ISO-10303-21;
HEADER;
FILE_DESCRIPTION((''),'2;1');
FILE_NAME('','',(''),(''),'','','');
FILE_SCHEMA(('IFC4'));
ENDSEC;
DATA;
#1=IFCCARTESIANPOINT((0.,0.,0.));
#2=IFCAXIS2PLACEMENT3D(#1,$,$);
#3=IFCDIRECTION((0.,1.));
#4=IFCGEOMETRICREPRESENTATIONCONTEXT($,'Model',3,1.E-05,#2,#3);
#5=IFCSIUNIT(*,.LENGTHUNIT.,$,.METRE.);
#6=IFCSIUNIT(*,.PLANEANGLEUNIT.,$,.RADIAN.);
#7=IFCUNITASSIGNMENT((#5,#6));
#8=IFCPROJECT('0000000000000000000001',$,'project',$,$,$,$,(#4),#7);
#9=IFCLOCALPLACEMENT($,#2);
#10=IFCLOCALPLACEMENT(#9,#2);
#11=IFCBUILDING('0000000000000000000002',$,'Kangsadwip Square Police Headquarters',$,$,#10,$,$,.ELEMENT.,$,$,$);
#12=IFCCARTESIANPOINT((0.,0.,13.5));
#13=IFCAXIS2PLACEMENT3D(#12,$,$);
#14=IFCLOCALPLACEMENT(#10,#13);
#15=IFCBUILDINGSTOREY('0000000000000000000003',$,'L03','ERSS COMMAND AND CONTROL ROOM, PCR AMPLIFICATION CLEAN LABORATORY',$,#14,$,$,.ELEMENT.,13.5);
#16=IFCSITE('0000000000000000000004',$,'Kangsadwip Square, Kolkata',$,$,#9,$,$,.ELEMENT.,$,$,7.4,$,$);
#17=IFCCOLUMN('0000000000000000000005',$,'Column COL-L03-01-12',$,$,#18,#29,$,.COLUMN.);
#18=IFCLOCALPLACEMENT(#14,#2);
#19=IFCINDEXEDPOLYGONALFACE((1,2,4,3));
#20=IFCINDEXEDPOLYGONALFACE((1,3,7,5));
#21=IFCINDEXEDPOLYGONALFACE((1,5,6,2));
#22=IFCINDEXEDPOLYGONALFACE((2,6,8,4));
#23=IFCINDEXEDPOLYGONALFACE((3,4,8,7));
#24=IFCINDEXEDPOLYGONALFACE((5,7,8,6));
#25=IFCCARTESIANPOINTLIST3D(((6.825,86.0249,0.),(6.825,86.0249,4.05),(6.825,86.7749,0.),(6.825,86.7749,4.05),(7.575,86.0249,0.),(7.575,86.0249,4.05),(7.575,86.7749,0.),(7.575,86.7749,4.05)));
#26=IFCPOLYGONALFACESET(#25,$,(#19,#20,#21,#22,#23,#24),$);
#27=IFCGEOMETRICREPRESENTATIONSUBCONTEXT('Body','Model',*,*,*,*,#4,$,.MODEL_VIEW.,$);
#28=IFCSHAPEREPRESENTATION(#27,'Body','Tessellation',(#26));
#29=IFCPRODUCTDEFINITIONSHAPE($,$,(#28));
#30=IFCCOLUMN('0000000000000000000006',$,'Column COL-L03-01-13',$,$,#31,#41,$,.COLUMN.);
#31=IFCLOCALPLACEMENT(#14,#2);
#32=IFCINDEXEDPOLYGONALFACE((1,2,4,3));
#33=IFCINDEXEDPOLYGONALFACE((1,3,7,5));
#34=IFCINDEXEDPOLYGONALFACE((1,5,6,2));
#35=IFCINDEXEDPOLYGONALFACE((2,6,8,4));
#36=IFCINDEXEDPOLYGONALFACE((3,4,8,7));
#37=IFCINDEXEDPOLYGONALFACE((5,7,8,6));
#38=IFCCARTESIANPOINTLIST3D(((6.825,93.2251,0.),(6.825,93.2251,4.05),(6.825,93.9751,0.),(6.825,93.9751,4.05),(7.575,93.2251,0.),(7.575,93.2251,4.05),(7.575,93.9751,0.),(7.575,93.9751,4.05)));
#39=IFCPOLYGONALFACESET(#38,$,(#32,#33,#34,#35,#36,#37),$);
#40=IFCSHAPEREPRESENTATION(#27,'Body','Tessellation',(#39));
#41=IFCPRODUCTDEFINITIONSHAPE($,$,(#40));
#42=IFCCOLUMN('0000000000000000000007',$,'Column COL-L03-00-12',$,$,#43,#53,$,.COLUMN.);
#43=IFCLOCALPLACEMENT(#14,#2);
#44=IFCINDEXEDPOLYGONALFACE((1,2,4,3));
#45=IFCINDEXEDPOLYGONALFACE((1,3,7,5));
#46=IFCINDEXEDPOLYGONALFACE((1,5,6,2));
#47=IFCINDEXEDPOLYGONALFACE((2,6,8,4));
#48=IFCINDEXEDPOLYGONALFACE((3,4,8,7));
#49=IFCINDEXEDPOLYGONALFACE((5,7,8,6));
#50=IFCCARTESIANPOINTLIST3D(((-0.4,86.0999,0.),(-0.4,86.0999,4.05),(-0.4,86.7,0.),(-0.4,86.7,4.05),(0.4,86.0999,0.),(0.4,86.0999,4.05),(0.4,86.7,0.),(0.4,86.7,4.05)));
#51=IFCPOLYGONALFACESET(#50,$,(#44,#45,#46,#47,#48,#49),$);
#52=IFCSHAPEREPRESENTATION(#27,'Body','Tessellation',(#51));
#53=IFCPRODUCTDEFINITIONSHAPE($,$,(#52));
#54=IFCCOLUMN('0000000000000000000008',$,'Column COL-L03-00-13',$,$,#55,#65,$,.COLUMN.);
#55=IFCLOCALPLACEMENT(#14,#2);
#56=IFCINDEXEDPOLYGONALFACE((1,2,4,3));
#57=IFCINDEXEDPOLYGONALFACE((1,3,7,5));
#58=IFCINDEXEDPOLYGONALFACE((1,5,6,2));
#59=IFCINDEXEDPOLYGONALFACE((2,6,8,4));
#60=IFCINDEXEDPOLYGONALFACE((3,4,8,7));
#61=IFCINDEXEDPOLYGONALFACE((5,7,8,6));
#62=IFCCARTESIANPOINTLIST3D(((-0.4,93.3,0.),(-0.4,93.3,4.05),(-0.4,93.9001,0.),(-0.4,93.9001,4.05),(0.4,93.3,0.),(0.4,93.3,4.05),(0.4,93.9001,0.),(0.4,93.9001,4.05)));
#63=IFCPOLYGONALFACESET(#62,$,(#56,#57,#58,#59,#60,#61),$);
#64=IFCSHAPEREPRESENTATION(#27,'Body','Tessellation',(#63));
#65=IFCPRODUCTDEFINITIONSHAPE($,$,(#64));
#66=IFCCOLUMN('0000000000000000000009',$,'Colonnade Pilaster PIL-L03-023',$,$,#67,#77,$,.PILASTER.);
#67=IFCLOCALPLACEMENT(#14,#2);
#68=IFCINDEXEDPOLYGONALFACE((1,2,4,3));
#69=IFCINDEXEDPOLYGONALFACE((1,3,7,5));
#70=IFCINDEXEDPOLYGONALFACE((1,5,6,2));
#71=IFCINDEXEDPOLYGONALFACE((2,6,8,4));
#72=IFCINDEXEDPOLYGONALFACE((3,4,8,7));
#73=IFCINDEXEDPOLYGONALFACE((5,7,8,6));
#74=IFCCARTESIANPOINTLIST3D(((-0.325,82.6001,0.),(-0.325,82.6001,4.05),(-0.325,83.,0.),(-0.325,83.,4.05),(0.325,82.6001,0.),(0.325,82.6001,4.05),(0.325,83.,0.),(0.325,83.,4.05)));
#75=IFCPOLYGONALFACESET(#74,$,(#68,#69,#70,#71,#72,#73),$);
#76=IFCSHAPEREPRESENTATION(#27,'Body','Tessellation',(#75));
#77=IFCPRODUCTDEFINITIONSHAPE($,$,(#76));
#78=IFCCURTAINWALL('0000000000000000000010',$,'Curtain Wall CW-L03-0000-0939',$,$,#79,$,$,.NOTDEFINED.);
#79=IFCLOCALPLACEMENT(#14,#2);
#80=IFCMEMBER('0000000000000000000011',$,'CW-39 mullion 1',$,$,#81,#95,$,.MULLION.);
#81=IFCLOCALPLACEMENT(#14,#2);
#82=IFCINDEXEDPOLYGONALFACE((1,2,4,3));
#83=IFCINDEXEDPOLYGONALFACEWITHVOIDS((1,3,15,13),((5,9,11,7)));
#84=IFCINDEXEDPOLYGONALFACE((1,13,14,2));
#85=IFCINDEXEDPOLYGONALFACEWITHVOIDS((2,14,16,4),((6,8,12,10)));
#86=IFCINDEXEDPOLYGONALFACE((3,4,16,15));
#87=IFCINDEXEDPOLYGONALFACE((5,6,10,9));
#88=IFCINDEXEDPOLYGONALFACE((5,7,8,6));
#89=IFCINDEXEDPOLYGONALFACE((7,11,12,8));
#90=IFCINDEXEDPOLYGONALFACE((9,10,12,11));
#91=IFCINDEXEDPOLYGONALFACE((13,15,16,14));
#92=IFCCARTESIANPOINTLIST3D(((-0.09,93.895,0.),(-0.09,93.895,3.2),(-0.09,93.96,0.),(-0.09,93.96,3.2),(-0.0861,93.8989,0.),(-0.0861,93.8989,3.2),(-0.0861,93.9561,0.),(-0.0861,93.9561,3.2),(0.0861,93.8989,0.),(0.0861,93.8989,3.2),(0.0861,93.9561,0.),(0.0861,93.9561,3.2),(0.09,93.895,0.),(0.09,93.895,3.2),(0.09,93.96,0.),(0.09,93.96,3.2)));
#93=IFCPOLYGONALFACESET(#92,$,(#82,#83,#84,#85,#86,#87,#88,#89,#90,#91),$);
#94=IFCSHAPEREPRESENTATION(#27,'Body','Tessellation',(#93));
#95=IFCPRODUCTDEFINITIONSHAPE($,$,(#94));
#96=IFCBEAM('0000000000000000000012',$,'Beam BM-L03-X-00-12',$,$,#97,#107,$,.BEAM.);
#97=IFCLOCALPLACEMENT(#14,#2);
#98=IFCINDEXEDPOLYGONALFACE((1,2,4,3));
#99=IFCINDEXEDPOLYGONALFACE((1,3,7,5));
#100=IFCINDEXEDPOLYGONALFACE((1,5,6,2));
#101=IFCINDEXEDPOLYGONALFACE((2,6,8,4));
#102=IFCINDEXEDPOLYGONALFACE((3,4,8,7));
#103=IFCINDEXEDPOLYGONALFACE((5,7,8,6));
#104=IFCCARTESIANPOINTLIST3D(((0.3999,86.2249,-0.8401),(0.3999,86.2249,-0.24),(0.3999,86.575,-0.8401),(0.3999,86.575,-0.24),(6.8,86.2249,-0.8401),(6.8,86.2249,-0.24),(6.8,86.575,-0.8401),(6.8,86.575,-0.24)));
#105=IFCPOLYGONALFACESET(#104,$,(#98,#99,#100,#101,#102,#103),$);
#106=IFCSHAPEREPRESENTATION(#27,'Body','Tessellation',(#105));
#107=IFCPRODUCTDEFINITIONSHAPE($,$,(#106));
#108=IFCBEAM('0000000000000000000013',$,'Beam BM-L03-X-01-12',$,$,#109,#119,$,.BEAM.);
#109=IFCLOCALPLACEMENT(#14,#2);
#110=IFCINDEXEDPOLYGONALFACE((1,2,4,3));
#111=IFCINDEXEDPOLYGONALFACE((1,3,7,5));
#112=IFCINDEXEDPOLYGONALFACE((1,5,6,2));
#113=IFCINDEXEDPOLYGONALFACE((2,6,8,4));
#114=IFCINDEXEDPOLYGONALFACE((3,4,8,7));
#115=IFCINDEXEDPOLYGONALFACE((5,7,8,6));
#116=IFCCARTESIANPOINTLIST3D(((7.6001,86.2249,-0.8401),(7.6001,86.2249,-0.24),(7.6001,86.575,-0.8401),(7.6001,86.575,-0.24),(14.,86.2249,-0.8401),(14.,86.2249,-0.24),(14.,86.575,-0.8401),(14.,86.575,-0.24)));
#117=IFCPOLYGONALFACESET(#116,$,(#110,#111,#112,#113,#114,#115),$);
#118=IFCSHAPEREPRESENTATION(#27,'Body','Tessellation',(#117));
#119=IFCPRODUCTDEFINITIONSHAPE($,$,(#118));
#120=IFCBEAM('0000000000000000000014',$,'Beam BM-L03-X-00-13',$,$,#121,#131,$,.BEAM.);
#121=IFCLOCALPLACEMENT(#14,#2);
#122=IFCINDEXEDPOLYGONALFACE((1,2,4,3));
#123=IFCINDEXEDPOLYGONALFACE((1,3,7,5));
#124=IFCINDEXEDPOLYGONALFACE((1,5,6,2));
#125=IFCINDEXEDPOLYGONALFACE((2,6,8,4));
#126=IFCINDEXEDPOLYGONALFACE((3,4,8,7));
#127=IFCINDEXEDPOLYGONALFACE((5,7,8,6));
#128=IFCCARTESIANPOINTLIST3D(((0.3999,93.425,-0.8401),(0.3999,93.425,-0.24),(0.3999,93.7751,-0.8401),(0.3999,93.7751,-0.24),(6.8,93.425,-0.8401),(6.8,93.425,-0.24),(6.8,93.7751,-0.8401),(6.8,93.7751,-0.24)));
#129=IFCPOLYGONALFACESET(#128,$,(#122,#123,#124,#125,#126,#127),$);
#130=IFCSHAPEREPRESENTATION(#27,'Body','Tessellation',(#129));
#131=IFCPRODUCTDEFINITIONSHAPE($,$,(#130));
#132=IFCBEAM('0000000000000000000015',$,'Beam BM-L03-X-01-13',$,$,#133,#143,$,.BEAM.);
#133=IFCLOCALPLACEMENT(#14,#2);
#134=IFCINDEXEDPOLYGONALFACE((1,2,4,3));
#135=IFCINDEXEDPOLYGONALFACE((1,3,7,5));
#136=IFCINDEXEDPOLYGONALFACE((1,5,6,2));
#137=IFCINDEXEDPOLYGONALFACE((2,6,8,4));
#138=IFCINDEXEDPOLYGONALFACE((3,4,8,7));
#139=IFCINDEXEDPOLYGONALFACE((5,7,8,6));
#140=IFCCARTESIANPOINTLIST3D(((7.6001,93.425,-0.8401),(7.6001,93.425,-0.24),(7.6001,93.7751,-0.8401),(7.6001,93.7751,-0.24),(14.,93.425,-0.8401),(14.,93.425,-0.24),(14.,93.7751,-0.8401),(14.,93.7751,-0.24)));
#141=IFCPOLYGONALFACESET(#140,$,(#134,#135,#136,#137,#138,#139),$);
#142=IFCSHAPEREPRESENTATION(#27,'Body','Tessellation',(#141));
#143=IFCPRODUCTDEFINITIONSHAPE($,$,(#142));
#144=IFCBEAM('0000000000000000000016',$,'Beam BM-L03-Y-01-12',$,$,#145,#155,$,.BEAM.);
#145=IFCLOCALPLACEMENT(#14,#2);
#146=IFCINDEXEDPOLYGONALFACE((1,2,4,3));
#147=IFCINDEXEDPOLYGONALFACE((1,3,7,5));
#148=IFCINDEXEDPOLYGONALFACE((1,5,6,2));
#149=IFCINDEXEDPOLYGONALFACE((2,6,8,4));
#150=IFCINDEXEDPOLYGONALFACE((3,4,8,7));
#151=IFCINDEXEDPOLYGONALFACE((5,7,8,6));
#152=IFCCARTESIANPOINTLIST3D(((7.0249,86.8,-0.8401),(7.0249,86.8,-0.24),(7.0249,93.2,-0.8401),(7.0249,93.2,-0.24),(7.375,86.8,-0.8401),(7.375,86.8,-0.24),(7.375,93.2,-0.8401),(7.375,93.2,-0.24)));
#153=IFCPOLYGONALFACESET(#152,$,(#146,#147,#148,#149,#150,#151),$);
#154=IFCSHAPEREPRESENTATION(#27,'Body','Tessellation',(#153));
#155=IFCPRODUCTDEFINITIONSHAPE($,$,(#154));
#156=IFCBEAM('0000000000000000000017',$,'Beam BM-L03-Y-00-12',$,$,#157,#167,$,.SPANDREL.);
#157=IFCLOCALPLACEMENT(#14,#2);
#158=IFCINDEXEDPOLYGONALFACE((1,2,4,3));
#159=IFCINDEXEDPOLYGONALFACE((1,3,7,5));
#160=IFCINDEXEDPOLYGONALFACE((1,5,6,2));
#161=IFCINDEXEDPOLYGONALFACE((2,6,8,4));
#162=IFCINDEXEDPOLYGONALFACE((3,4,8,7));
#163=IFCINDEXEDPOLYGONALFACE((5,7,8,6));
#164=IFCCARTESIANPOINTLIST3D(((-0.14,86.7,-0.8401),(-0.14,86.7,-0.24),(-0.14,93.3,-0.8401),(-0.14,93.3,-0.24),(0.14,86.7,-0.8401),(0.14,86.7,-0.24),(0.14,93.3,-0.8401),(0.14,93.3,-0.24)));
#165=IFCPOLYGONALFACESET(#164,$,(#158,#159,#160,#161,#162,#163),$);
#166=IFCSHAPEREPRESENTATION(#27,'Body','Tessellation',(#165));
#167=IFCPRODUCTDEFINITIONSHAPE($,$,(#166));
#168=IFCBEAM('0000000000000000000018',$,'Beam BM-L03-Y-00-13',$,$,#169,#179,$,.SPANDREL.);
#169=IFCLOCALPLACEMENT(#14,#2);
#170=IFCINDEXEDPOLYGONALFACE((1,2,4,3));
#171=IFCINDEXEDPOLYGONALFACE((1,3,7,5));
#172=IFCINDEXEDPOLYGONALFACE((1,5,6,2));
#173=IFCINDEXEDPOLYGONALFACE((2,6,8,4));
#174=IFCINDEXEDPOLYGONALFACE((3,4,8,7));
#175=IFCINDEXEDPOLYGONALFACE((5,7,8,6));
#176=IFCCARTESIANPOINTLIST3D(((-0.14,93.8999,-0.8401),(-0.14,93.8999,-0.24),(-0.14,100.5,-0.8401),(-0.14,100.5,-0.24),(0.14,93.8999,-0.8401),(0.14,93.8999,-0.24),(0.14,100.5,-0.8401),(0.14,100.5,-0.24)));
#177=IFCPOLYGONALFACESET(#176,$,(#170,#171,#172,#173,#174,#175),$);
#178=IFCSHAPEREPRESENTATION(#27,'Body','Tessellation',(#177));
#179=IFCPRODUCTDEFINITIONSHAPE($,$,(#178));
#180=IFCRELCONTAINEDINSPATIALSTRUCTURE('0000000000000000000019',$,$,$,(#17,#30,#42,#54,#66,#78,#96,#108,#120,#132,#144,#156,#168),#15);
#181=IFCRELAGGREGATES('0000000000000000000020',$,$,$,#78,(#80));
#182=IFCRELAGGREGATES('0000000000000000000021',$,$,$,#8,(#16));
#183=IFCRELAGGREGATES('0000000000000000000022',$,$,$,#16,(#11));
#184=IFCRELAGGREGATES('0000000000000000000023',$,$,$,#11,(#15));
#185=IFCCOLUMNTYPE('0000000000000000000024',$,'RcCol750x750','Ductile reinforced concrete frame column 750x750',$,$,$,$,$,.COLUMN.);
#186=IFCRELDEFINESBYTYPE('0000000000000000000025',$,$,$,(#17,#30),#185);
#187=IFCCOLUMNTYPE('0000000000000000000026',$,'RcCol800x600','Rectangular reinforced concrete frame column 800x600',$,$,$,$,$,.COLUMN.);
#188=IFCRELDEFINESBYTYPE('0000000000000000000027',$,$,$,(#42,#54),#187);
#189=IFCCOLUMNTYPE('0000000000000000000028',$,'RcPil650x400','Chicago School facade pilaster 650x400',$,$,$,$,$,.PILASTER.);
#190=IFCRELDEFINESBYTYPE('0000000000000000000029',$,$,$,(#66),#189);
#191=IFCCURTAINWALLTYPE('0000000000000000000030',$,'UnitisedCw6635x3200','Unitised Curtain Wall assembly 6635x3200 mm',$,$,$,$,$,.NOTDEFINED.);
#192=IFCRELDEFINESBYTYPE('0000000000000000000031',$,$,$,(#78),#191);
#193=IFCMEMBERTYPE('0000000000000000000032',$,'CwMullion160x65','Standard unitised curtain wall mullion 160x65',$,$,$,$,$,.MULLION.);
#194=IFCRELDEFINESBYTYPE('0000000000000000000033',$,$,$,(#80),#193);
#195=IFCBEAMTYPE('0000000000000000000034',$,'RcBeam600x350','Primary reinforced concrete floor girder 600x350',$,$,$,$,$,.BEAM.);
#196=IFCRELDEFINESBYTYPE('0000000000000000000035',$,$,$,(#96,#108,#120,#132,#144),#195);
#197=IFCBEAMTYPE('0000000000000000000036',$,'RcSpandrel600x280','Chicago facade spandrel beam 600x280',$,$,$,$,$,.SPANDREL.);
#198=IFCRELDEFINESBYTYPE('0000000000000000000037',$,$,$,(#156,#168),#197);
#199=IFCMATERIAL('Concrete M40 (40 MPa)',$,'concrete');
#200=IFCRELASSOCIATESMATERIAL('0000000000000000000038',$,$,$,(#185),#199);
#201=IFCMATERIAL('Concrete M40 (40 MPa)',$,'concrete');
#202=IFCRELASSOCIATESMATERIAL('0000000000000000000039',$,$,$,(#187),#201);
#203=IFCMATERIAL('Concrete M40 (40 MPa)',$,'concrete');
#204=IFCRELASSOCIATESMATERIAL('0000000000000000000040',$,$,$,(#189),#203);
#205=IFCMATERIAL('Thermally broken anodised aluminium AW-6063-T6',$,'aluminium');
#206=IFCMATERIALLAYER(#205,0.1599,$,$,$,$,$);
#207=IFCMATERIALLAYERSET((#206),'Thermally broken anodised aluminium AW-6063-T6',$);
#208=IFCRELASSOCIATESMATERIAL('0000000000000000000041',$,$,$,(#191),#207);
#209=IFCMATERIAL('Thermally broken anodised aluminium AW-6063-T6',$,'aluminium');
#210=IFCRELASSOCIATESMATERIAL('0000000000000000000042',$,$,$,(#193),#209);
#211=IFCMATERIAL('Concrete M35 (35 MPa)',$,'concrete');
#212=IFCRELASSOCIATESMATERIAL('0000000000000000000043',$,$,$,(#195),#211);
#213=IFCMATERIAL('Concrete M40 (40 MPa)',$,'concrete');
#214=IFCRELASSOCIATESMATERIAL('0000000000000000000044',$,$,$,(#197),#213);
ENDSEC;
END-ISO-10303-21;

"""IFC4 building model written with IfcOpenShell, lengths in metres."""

from ifc_helpers import new_model, si_unit, direction, frame, origin, origin_2d, place, context, subcontext, project, spatial, rectangle, hollow_rectangle, extrude, material, layer, layer_set, material_profile, profile_set, type_object, element, aggregate, save


model = new_model("IFC4")

# Units and contexts
model_context = context("Model", 3, precision=1e-05, world=origin(), true_north=direction((0.0, 1.0)))
body_context = subcontext(model_context, "Body", "Model", "MODEL_VIEW")
ifc_project = project(units=[si_unit("LENGTHUNIT", "METRE"), si_unit("PLANEANGLEUNIT", "RADIAN")], contexts=[model_context])

# Site, building, storey
site_placement = place(None, origin())
site = spatial("IfcSite", under=ifc_project, at=site_placement, Name="Kangsadwip Square, Kolkata", CompositionType="ELEMENT", RefElevation=7.4)
building_placement = place(site_placement, origin())
building = spatial("IfcBuilding", under=site, at=building_placement, Name="Kangsadwip Square Police Headquarters", CompositionType="ELEMENT")
storey_placement = place(building_placement, frame((0.0, 0.0, 13.5)))
storey = spatial("IfcBuildingStorey", under=building, at=storey_placement, Name="L03", Description="ERSS COMMAND AND CONTROL ROOM, PCR AMPLIFICATION CLEAN LABORATORY", CompositionType="ELEMENT", Elevation=13.5)

# Columns
ifc_material_1 = material(Name="Concrete M40 (40 MPa)", Category="concrete")
ifc_material_profile_1 = material_profile(ifc_material_1, rectangle(XDim=0.75, YDim=0.75, at=origin_2d()), Name="RC COL 750X750")
ifc_profile_set_1 = profile_set([ifc_material_profile_1], Name="Concrete M40 (40 MPa)")
column_type_1 = type_object("IfcColumnType", Name="RcCol750x750", Description="Ductile reinforced concrete frame column 750x750", PredefinedType="COLUMN", material=ifc_profile_set_1)
for number, where, z_axis, x_axis, name in (
    (1, (7.2, 86.3999, 0.0), (0.0, 0.0, 1.0), (1.0, 0.0, 0.0), "Column COL-L03-01-12"),
    (2, (7.2, 93.6001, 0.0), (0.0, 0.0, 1.0), (1.0, 0.0, 0.0), "Column COL-L03-01-13"),
):
    element("IfcColumn", number, at=place(storey_placement, frame(where, z_axis=z_axis, x_axis=x_axis)), inside=storey, type_object=column_type_1, Name=name, PredefinedType="COLUMN", context=body_context, shape_type="SweptSolid", body=[
        extrude(rectangle(XDim=0.75, YDim=0.75, at=origin_2d()), origin(), (0.0, 0.0, 1.0), 4.05),
    ])
ifc_material_2 = material(Name="Concrete M40 (40 MPa)", Category="concrete")
ifc_material_profile_2 = material_profile(ifc_material_2, rectangle(XDim=0.6001, YDim=0.8, at=origin_2d()), Name="RC COL 800X600")
ifc_profile_set_2 = profile_set([ifc_material_profile_2], Name="Concrete M40 (40 MPa)")
column_type_2 = type_object("IfcColumnType", Name="RcCol800x600", Description="Rectangular reinforced concrete frame column 800x600", PredefinedType="COLUMN", material=ifc_profile_set_2)
for number, where, z_axis, x_axis, name in (
    (3, (0.0, 86.3999, 0.0), (0.0, 0.0, 1.0), (0.0, 1.0, 0.0), "Column COL-L03-00-12"),
    (4, (0.0, 93.6001, 0.0), (0.0, 0.0, 1.0), (0.0, 1.0, 0.0), "Column COL-L03-00-13"),
):
    element("IfcColumn", number, at=place(storey_placement, frame(where, z_axis=z_axis, x_axis=x_axis)), inside=storey, type_object=column_type_2, Name=name, PredefinedType="COLUMN", context=body_context, shape_type="SweptSolid", body=[
        extrude(rectangle(XDim=0.6001, YDim=0.8, at=origin_2d()), origin(), (0.0, 0.0, 1.0), 4.05),
    ])
ifc_material_3 = material(Name="Concrete M40 (40 MPa)", Category="concrete")
ifc_material_profile_3 = material_profile(ifc_material_3, rectangle(XDim=0.3999, YDim=0.6499, at=origin_2d()), Name="RC PIL 650X400")
ifc_profile_set_3 = profile_set([ifc_material_profile_3], Name="Concrete M40 (40 MPa)")
column_type_3 = type_object("IfcColumnType", Name="RcPil650x400", Description="Chicago School facade pilaster 650x400", PredefinedType="PILASTER", material=ifc_profile_set_3)
column_placement = place(storey_placement, frame((0.0, 82.8, 0.0), z_axis=(0.0, 0.0, 1.0), x_axis=(0.0, 1.0, 0.0)))
element("IfcColumn", 5, at=column_placement, inside=storey, type_object=column_type_3, Name="Colonnade Pilaster PIL-L03-023", PredefinedType="PILASTER", context=body_context, shape_type="SweptSolid", body=[
    extrude(rectangle(XDim=0.3999, YDim=0.6499, at=origin_2d()), origin(), (0.0, 0.0, 1.0), 4.05),
])

# Curtain wall, member
ifc_material_4 = material(Name="Thermally broken anodised aluminium AW-6063-T6", Category="aluminium")
ifc_layer_1 = layer(ifc_material_4, 0.1599)
ifc_layer_set_1 = layer_set([ifc_layer_1], Name="Thermally broken anodised aluminium AW-6063-T6")
curtain_wall_type = type_object("IfcCurtainWallType", Name="UnitisedCw6635x3200", Description="Unitised Curtain Wall assembly 6635x3200 mm", PredefinedType="NOTDEFINED", material=ifc_layer_set_1)
curtain_wall_placement = place(storey_placement, origin())
curtain_wall = element("IfcCurtainWall", 6, at=curtain_wall_placement, inside=storey, type_object=curtain_wall_type, Name="Curtain Wall CW-L03-0000-0939", PredefinedType="NOTDEFINED")
ifc_material_5 = material(Name="Thermally broken anodised aluminium AW-6063-T6", Category="aluminium")
ifc_material_profile_4 = material_profile(ifc_material_5, hollow_rectangle(XDim=0.0649, YDim=0.1799, WallThickness=0.0039, at=origin_2d()), Name="CWM 180X65X4")
ifc_profile_set_4 = profile_set([ifc_material_profile_4], Name="Thermally broken anodised aluminium AW-6063-T6")
member_type = type_object("IfcMemberType", Name="CwMullion160x65", Description="Standard unitised curtain wall mullion 160x65", PredefinedType="MULLION", material=ifc_profile_set_4)
member_placement = place(storey_placement, frame((0.0, 93.9275, 0.0), z_axis=(0.0, 0.0, 1.0), x_axis=(0.0, 1.0, 0.0)))
member = element("IfcMember", 7, at=member_placement, type_object=member_type, Name="CW-39 mullion 1", PredefinedType="MULLION", context=body_context, shape_type="SweptSolid", body=[
    extrude(hollow_rectangle(XDim=0.0649, YDim=0.1799, WallThickness=0.0039, at=origin_2d()), origin(), (0.0, 0.0, 1.0), 3.2),
])
aggregate(curtain_wall, [member])

# Beams
ifc_material_6 = material(Name="Concrete M35 (35 MPa)", Category="concrete")
ifc_material_profile_5 = material_profile(ifc_material_6, rectangle(XDim=0.3501, YDim=0.6001, at=origin_2d()), Name="RC BM 600X350")
ifc_profile_set_5 = profile_set([ifc_material_profile_5], Name="Concrete M35 (35 MPa)")
beam_type_1 = type_object("IfcBeamType", Name="RcBeam600x350", Description="Primary reinforced concrete floor girder 600x350", PredefinedType="BEAM", material=ifc_profile_set_5)
beam_1_placement = place(storey_placement, frame((0.3999, 86.3999, -0.54), z_axis=(1.0, 0.0, 0.0), x_axis=(0.0, 1.0, 0.0)))
element("IfcBeam", 8, at=beam_1_placement, inside=storey, type_object=beam_type_1, Name="Beam BM-L03-X-00-12", PredefinedType="BEAM", context=body_context, shape_type="SweptSolid", body=[
    extrude(rectangle(XDim=0.3501, YDim=0.6001, at=origin_2d()), origin(), (0.0, 0.0, 1.0), 6.4001),
])
beam_2_placement = place(storey_placement, frame((7.6001, 86.3999, -0.54), z_axis=(1.0, 0.0, 0.0), x_axis=(0.0, 1.0, 0.0)))
element("IfcBeam", 9, at=beam_2_placement, inside=storey, type_object=beam_type_1, Name="Beam BM-L03-X-01-12", PredefinedType="BEAM", context=body_context, shape_type="SweptSolid", body=[
    extrude(rectangle(XDim=0.3501, YDim=0.6001, at=origin_2d()), origin(), (0.0, 0.0, 1.0), 6.3999),
])
beam_3_placement = place(storey_placement, frame((0.3999, 93.6001, -0.54), z_axis=(1.0, 0.0, 0.0), x_axis=(0.0, 1.0, 0.0)))
element("IfcBeam", 10, at=beam_3_placement, inside=storey, type_object=beam_type_1, Name="Beam BM-L03-X-00-13", PredefinedType="BEAM", context=body_context, shape_type="SweptSolid", body=[
    extrude(rectangle(XDim=0.3501, YDim=0.6001, at=origin_2d()), origin(), (0.0, 0.0, 1.0), 6.4001),
])
for number, where, z_axis, x_axis, name in (
    (11, (7.6001, 93.6001, -0.54), (1.0, 0.0, 0.0), (0.0, 1.0, 0.0), "Beam BM-L03-X-01-13"),
    (12, (7.2, 86.8, -0.54), (0.0, 1.0, 0.0), (-1.0, 0.0, 0.0), "Beam BM-L03-Y-01-12"),
):
    element("IfcBeam", number, at=place(storey_placement, frame(where, z_axis=z_axis, x_axis=x_axis)), inside=storey, type_object=beam_type_1, Name=name, PredefinedType="BEAM", context=body_context, shape_type="SweptSolid", body=[
        extrude(rectangle(XDim=0.3501, YDim=0.6001, at=origin_2d()), origin(), (0.0, 0.0, 1.0), 6.3999),
    ])
ifc_material_7 = material(Name="Concrete M40 (40 MPa)", Category="concrete")
ifc_material_profile_6 = material_profile(ifc_material_7, rectangle(XDim=0.28, YDim=0.6001, at=origin_2d()), Name="RC SPN 600X280")
ifc_profile_set_6 = profile_set([ifc_material_profile_6], Name="Concrete M40 (40 MPa)")
beam_type_2 = type_object("IfcBeamType", Name="RcSpandrel600x280", Description="Chicago facade spandrel beam 600x280", PredefinedType="SPANDREL", material=ifc_profile_set_6)
for number, where, z_axis, x_axis, name in (
    (13, (0.0, 86.7, -0.54), (0.0, 1.0, 0.0), (-1.0, 0.0, 0.0), "Beam BM-L03-Y-00-12"),
    (14, (0.0, 93.8999, -0.54), (0.0, 1.0, 0.0), (-1.0, 0.0, 0.0), "Beam BM-L03-Y-00-13"),
):
    element("IfcBeam", number, at=place(storey_placement, frame(where, z_axis=z_axis, x_axis=x_axis)), inside=storey, type_object=beam_type_2, Name=name, PredefinedType="SPANDREL", context=body_context, shape_type="SweptSolid", body=[
        extrude(rectangle(XDim=0.28, YDim=0.6001, at=origin_2d()), origin(), (0.0, 0.0, 1.0), 6.6001),
    ])

save(model, "model.ifc")
